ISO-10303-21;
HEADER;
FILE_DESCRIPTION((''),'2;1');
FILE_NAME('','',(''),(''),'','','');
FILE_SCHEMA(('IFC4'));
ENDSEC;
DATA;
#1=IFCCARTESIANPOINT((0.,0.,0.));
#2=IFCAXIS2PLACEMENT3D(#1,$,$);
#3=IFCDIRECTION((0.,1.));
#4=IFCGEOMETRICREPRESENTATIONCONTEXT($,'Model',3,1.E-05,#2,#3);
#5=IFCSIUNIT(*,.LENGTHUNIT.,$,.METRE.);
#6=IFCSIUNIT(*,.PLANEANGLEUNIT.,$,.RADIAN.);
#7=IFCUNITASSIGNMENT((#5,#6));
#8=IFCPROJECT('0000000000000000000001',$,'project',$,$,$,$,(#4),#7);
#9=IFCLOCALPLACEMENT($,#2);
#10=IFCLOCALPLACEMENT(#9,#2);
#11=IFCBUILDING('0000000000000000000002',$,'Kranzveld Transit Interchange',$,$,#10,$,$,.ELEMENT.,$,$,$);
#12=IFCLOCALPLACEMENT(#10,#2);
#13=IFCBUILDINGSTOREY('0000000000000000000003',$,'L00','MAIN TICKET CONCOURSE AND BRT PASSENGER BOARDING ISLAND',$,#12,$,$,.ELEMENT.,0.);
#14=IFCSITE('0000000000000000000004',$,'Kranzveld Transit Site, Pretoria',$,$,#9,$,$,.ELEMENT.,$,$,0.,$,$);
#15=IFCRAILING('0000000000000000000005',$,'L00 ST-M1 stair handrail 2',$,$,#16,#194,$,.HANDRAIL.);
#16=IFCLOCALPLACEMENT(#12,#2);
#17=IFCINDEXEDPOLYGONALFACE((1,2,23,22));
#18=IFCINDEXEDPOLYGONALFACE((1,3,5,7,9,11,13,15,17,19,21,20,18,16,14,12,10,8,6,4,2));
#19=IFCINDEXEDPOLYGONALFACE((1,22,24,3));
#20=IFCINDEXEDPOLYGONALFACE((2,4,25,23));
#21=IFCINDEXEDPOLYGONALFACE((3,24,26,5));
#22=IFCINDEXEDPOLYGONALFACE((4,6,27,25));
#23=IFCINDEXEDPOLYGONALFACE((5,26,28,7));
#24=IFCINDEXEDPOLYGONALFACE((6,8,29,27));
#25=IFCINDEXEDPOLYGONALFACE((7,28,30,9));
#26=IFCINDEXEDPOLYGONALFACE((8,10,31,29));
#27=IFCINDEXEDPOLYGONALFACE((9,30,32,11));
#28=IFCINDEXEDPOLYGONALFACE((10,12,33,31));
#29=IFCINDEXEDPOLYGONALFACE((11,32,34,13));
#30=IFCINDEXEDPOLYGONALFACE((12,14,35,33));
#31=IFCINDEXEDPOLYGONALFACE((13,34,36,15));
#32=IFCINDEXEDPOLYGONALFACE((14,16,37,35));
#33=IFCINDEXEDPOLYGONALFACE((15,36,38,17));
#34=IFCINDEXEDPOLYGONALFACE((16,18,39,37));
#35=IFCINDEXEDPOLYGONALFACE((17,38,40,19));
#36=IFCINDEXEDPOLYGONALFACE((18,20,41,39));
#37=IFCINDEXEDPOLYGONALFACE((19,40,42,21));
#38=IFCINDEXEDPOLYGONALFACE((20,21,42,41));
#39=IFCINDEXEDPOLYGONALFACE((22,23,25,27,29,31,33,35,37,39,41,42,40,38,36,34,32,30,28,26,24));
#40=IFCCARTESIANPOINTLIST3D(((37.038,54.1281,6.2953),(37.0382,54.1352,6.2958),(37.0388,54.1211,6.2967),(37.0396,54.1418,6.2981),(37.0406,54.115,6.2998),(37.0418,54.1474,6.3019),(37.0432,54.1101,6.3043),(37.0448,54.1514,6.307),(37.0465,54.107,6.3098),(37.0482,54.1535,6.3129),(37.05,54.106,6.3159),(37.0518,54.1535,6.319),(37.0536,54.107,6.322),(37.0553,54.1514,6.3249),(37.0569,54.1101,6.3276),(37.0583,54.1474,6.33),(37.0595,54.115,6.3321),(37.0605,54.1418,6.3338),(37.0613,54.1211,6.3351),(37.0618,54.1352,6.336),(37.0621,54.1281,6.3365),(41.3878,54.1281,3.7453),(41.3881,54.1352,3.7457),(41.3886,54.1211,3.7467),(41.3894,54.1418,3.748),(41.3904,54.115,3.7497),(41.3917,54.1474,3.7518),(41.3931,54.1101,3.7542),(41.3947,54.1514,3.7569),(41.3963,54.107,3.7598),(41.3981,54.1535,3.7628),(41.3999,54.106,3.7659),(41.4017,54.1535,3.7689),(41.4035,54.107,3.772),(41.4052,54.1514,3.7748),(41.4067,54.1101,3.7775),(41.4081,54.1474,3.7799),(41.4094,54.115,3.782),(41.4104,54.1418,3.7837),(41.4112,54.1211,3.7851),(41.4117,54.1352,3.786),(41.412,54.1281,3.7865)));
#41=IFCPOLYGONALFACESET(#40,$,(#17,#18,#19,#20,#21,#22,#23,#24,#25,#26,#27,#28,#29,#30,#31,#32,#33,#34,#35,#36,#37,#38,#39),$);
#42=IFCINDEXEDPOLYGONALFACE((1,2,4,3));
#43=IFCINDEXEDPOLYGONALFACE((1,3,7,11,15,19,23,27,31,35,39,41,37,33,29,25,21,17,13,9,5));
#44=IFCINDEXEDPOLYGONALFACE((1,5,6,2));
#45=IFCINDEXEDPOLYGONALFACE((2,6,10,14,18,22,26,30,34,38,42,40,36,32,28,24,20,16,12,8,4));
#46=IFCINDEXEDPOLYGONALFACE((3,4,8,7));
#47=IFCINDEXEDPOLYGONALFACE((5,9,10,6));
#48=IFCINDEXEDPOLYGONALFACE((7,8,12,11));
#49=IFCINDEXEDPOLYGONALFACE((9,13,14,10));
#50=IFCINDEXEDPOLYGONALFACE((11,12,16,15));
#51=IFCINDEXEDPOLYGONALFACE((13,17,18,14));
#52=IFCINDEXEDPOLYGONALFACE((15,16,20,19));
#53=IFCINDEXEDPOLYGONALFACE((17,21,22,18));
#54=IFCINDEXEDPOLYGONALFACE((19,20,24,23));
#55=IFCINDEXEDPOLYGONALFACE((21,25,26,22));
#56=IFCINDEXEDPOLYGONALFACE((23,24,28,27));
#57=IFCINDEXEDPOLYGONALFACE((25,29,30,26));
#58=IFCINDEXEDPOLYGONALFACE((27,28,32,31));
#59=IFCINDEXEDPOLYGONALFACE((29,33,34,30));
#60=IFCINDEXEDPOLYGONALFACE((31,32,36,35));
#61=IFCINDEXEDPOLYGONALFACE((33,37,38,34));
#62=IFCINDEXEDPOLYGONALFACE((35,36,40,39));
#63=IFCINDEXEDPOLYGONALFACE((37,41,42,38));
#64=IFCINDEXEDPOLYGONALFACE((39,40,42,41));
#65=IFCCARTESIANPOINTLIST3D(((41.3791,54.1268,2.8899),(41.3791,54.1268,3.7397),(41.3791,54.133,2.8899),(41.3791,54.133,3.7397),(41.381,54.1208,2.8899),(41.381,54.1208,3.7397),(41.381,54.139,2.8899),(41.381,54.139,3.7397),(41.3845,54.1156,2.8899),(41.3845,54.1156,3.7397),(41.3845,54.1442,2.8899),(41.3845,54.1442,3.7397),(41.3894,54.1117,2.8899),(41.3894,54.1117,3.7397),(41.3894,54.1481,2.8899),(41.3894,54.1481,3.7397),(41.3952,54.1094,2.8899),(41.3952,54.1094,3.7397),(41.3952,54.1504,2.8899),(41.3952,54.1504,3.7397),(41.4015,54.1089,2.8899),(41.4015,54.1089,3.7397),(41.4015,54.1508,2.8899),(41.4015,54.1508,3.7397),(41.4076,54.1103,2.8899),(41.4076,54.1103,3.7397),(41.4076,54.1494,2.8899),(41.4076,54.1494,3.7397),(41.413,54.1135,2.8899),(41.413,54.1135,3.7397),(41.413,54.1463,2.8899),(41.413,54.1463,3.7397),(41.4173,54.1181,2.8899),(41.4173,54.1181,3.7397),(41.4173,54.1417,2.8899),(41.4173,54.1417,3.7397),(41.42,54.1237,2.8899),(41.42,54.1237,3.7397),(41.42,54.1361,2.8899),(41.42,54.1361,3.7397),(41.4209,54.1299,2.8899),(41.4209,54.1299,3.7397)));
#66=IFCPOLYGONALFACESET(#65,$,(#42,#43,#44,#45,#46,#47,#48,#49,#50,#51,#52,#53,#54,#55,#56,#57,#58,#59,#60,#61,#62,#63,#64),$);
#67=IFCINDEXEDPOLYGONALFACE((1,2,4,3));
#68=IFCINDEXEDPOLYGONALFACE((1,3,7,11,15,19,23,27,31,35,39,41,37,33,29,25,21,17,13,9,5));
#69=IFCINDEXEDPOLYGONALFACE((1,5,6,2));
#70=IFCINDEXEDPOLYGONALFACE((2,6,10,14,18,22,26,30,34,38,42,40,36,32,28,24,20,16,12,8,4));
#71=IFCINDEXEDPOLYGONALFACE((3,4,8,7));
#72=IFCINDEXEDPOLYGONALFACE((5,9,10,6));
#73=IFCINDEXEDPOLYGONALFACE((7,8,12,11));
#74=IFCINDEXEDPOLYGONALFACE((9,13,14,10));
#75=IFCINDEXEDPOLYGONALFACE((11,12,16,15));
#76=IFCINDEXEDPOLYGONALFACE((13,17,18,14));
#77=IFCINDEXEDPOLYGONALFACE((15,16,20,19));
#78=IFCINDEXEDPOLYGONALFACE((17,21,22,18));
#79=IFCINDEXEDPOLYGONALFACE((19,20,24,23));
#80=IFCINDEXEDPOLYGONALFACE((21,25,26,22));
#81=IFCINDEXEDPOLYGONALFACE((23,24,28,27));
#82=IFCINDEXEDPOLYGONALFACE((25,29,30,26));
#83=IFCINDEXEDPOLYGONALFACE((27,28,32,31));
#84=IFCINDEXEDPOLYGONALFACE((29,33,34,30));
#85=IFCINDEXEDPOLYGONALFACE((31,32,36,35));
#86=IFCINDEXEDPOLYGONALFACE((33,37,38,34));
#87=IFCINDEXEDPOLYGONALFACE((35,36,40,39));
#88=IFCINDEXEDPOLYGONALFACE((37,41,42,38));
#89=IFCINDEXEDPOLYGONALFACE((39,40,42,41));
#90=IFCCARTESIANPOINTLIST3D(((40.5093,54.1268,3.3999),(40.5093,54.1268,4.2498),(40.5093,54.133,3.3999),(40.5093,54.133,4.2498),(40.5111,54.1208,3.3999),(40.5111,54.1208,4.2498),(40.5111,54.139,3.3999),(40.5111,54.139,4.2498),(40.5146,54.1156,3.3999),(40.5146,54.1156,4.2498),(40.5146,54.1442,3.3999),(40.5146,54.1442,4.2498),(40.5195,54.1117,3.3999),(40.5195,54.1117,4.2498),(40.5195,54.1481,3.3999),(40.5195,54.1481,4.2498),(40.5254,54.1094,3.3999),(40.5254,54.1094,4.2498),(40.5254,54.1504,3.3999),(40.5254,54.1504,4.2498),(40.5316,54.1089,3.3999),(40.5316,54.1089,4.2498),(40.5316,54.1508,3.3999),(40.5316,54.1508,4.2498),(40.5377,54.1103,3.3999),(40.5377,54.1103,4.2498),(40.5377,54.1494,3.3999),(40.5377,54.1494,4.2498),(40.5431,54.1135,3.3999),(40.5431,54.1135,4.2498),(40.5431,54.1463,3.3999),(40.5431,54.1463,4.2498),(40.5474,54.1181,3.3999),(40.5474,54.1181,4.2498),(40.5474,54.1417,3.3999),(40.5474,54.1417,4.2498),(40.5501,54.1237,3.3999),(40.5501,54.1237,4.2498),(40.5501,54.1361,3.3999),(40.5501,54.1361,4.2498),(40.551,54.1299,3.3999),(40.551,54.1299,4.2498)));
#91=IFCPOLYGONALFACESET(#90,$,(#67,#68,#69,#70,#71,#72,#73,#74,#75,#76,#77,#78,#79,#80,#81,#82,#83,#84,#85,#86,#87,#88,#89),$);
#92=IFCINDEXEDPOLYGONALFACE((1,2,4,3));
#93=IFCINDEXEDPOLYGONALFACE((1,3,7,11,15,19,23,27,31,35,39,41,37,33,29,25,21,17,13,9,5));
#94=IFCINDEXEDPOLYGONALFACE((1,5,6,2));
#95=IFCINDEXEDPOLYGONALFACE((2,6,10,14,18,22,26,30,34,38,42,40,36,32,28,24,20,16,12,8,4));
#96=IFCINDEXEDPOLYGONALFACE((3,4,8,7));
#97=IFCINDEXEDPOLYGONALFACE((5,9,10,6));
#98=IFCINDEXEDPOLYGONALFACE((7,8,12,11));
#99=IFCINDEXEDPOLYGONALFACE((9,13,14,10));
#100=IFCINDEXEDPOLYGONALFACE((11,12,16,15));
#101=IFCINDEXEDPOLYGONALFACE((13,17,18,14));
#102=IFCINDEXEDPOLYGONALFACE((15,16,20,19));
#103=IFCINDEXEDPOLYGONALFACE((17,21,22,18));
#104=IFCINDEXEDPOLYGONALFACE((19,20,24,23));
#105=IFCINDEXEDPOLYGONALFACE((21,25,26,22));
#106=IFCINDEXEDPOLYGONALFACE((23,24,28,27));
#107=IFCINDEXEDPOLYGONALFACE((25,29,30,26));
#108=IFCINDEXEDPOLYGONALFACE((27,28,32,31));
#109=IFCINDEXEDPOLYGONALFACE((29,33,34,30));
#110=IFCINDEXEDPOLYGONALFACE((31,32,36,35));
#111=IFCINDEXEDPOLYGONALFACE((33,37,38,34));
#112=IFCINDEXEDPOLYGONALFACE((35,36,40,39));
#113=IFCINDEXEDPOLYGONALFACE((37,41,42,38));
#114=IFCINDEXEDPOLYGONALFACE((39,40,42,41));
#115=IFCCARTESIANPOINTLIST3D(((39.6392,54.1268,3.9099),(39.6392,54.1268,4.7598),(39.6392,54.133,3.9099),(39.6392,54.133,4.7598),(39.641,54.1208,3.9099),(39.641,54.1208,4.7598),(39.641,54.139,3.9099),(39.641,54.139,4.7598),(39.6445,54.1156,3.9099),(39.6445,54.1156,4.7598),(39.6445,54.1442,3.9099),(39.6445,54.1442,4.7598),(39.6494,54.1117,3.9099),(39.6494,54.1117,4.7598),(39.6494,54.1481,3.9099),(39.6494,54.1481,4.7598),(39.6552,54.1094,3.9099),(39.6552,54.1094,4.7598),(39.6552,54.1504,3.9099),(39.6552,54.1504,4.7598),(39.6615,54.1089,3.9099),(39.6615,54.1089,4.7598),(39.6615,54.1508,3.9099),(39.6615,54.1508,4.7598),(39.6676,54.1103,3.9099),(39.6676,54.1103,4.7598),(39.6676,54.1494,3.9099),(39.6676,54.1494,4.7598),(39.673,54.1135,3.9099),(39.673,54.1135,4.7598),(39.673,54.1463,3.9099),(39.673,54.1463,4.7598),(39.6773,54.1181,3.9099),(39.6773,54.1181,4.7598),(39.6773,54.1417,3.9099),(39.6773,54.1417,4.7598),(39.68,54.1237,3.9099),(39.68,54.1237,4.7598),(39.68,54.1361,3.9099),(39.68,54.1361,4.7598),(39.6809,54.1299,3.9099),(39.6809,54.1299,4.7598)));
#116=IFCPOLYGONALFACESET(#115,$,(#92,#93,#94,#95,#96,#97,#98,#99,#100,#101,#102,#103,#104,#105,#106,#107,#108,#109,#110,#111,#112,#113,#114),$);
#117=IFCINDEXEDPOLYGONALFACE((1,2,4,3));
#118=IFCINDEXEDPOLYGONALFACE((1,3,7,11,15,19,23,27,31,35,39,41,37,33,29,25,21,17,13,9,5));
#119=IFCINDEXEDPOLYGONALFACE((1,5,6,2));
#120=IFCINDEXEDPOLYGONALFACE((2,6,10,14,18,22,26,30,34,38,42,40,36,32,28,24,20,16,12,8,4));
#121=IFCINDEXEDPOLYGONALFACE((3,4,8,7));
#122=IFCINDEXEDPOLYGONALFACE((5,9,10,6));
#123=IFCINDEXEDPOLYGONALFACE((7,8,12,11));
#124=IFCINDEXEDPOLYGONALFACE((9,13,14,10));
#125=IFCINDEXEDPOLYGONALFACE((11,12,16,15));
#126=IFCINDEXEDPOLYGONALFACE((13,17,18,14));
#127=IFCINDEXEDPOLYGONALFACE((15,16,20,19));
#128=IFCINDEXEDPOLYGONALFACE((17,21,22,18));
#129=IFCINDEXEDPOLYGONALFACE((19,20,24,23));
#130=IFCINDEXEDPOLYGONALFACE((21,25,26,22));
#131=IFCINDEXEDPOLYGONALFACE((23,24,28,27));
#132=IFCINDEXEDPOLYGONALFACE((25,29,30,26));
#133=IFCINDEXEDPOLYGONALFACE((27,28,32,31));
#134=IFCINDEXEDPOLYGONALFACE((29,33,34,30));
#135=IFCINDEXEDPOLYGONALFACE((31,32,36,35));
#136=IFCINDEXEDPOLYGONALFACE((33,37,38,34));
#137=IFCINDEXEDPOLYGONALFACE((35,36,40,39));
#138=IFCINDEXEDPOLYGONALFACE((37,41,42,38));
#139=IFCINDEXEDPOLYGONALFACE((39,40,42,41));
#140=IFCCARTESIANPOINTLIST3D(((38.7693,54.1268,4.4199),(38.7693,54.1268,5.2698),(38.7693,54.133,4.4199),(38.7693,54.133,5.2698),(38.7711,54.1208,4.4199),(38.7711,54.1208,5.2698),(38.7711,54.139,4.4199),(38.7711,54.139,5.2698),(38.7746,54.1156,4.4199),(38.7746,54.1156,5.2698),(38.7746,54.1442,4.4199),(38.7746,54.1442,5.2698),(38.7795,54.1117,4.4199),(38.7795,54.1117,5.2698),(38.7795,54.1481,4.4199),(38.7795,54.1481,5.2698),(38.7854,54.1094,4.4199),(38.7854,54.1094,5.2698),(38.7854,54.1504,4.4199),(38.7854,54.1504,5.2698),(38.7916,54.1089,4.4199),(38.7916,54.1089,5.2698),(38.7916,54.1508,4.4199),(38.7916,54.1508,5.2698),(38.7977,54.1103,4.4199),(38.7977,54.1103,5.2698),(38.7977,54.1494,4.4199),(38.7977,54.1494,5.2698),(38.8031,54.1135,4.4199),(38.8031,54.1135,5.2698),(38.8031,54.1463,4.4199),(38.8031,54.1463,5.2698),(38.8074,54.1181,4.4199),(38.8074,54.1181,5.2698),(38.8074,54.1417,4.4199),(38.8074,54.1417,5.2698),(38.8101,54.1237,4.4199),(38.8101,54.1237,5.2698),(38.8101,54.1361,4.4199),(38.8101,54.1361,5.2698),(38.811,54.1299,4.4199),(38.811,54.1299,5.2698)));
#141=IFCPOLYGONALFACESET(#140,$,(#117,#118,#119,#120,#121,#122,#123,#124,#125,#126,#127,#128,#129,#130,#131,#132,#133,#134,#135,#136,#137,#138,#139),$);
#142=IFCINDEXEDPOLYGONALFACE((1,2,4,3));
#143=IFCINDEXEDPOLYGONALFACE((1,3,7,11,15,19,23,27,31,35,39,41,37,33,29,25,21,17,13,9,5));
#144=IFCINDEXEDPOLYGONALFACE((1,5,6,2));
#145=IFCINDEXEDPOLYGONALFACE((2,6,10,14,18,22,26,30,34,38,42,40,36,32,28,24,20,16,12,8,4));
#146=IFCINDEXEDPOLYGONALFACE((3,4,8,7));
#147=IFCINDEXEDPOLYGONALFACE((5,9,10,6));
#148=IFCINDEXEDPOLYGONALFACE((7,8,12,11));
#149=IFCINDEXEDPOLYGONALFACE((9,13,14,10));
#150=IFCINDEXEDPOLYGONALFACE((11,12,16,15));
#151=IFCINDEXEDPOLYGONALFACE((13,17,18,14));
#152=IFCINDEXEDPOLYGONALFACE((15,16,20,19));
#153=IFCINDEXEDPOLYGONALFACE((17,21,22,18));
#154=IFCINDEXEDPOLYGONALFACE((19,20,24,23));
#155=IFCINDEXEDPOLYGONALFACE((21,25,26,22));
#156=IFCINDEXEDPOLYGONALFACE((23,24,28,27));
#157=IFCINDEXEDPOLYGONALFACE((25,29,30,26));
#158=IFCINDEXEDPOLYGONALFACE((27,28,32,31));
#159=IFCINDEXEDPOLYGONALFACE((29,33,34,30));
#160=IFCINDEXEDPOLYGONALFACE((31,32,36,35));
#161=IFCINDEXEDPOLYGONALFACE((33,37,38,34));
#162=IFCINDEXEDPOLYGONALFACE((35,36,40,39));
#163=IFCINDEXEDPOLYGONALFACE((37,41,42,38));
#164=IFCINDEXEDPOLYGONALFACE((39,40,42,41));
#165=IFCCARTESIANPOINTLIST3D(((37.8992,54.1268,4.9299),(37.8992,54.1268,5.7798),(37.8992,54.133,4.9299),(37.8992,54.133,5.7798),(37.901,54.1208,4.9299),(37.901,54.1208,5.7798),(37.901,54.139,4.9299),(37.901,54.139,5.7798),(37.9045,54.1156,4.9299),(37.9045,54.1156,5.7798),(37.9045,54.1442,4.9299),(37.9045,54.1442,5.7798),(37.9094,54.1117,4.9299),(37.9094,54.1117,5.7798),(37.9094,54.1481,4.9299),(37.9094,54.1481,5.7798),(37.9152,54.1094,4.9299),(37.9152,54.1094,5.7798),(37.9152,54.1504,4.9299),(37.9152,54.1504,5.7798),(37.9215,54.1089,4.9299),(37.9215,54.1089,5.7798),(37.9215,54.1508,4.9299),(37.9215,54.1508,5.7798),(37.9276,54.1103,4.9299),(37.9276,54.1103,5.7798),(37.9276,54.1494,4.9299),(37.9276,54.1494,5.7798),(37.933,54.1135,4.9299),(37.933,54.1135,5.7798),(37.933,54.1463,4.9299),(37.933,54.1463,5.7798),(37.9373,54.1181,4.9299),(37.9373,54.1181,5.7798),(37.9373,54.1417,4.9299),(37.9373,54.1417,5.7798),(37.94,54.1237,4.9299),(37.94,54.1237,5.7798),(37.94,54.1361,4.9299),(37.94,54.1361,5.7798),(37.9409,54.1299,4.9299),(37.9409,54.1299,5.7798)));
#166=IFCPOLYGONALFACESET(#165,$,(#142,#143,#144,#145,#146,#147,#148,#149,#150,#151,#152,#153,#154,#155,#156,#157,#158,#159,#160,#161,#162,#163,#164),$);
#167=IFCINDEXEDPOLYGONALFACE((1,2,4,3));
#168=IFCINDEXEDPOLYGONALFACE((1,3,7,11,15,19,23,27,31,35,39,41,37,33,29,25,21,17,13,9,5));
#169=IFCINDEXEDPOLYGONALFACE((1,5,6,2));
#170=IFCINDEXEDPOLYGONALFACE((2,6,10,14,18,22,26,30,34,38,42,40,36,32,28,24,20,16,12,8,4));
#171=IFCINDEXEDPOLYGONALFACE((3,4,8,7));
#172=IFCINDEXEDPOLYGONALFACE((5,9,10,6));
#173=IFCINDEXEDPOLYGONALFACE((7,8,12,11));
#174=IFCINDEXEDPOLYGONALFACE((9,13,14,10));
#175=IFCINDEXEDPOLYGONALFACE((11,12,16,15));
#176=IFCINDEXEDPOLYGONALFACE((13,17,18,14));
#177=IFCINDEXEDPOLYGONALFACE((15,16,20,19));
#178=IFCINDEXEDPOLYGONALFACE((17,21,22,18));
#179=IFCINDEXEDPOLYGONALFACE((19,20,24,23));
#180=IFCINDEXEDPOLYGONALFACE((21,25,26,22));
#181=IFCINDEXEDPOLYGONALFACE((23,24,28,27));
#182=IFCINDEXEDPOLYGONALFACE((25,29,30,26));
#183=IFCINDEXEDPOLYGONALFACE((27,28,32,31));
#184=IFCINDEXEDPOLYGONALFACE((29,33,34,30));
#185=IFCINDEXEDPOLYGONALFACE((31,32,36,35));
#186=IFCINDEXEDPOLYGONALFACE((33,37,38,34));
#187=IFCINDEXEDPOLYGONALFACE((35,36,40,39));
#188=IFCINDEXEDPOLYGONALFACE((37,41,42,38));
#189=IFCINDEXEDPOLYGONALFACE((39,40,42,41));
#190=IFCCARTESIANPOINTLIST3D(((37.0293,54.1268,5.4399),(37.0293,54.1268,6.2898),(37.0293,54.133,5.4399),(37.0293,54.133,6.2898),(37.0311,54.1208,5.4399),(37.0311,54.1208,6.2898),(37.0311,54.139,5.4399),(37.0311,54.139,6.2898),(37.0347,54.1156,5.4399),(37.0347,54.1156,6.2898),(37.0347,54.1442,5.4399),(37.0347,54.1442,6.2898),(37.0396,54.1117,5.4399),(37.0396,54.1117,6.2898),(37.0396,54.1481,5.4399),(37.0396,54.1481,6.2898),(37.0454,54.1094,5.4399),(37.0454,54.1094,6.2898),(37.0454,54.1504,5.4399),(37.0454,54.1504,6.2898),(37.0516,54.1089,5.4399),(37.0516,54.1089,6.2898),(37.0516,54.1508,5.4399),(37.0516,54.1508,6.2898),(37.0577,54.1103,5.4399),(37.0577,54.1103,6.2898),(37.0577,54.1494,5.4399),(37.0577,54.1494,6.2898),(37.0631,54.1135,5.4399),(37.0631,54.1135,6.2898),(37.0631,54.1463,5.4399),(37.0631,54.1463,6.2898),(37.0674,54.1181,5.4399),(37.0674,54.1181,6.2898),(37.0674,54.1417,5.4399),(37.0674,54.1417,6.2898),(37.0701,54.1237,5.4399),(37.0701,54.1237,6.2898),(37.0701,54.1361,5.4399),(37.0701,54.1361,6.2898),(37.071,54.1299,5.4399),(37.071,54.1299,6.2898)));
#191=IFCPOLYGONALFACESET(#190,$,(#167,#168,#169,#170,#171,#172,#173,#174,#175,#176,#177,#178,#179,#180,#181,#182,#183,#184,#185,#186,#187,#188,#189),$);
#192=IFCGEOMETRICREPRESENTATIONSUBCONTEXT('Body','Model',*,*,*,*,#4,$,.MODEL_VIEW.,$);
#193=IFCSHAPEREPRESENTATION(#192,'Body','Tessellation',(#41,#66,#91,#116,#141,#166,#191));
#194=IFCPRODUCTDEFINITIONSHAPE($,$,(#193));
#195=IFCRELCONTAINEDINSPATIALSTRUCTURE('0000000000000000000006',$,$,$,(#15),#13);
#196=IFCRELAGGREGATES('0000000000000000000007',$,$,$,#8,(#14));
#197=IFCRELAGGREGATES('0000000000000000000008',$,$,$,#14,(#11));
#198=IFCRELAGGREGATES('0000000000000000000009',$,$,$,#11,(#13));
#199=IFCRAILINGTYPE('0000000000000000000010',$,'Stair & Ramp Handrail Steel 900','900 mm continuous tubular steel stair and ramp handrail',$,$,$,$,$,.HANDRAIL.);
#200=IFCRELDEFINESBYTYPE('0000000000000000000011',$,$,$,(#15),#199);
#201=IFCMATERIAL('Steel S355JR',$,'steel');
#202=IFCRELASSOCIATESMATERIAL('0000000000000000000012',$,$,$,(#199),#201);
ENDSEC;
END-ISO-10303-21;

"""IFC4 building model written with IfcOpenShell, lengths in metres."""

from ifc_helpers import new_model, si_unit, direction, frame, origin, origin_2d, place, context, subcontext, project, spatial, circle, extrude, material, type_object, element, save


model = new_model("IFC4")

# Units and contexts
model_context = context("Model", 3, precision=1e-05, world=origin(), true_north=direction((0.0, 1.0)))
body_context = subcontext(model_context, "Body", "Model", "MODEL_VIEW")
ifc_project = project(units=[si_unit("LENGTHUNIT", "METRE"), si_unit("PLANEANGLEUNIT", "RADIAN")], contexts=[model_context])

# Site, building, storey
site_placement = place(None, origin())
site = spatial("IfcSite", under=ifc_project, at=site_placement, Name="Kranzveld Transit Site, Pretoria", CompositionType="ELEMENT", RefElevation=0.0)
building_placement = place(site_placement, origin())
building = spatial("IfcBuilding", under=site, at=building_placement, Name="Kranzveld Transit Interchange", CompositionType="ELEMENT")
storey_placement = place(building_placement, origin())
storey = spatial("IfcBuildingStorey", under=building, at=storey_placement, Name="L00", Description="MAIN TICKET CONCOURSE AND BRT PASSENGER BOARDING ISLAND", CompositionType="ELEMENT", Elevation=0.0)

# Railing
ifc_material_1 = material(Name="Steel S355JR", Category="steel")
railing_type_1 = type_object("IfcRailingType", Name="Stair & Ramp Handrail Steel 900", Description="900 mm continuous tubular steel stair and ramp handrail", PredefinedType="HANDRAIL", material=ifc_material_1)
railing_1_placement = place(storey_placement, frame((41.3999, 54.1299, 2.8899)))
element("IfcRailing", 1, at=railing_1_placement, inside=storey, type_object=railing_type_1, Name="L00 ST-M1 stair handrail 2", PredefinedType="HANDRAIL", context=body_context, shape_type="SweptSolid", body=[
    extrude(circle(Radius=0.0239, at=origin_2d()), frame((0.0, 0.0, 0.876), z_axis=(-0.862686, 0.0, 0.505739), x_axis=(0.0, -1.0, 0.0)), (0.0, 0.0, 1.0), 5.0422),
    extrude(circle(Radius=0.021, at=origin_2d()), origin(), (0.0, 0.0, 1.0), 0.8499),
    extrude(circle(Radius=0.021, at=origin_2d()), frame((-0.8699, 0.0, 0.51)), (0.0, 0.0, 1.0), 0.8499),
    extrude(circle(Radius=0.021, at=origin_2d()), frame((-1.74, 0.0, 1.02)), (0.0, 0.0, 1.0), 0.8499),
    extrude(circle(Radius=0.021, at=origin_2d()), frame((-2.6099, 0.0, 1.53)), (0.0, 0.0, 1.0), 0.8499),
    extrude(circle(Radius=0.021, at=origin_2d()), frame((-3.48, 0.0, 2.04)), (0.0, 0.0, 1.0), 0.8499),
    extrude(circle(Radius=0.021, at=origin_2d()), frame((-4.3499, 0.0, 2.55)), (0.0, 0.0, 1.0), 0.8499),
])

save(model, "model.ifc")
